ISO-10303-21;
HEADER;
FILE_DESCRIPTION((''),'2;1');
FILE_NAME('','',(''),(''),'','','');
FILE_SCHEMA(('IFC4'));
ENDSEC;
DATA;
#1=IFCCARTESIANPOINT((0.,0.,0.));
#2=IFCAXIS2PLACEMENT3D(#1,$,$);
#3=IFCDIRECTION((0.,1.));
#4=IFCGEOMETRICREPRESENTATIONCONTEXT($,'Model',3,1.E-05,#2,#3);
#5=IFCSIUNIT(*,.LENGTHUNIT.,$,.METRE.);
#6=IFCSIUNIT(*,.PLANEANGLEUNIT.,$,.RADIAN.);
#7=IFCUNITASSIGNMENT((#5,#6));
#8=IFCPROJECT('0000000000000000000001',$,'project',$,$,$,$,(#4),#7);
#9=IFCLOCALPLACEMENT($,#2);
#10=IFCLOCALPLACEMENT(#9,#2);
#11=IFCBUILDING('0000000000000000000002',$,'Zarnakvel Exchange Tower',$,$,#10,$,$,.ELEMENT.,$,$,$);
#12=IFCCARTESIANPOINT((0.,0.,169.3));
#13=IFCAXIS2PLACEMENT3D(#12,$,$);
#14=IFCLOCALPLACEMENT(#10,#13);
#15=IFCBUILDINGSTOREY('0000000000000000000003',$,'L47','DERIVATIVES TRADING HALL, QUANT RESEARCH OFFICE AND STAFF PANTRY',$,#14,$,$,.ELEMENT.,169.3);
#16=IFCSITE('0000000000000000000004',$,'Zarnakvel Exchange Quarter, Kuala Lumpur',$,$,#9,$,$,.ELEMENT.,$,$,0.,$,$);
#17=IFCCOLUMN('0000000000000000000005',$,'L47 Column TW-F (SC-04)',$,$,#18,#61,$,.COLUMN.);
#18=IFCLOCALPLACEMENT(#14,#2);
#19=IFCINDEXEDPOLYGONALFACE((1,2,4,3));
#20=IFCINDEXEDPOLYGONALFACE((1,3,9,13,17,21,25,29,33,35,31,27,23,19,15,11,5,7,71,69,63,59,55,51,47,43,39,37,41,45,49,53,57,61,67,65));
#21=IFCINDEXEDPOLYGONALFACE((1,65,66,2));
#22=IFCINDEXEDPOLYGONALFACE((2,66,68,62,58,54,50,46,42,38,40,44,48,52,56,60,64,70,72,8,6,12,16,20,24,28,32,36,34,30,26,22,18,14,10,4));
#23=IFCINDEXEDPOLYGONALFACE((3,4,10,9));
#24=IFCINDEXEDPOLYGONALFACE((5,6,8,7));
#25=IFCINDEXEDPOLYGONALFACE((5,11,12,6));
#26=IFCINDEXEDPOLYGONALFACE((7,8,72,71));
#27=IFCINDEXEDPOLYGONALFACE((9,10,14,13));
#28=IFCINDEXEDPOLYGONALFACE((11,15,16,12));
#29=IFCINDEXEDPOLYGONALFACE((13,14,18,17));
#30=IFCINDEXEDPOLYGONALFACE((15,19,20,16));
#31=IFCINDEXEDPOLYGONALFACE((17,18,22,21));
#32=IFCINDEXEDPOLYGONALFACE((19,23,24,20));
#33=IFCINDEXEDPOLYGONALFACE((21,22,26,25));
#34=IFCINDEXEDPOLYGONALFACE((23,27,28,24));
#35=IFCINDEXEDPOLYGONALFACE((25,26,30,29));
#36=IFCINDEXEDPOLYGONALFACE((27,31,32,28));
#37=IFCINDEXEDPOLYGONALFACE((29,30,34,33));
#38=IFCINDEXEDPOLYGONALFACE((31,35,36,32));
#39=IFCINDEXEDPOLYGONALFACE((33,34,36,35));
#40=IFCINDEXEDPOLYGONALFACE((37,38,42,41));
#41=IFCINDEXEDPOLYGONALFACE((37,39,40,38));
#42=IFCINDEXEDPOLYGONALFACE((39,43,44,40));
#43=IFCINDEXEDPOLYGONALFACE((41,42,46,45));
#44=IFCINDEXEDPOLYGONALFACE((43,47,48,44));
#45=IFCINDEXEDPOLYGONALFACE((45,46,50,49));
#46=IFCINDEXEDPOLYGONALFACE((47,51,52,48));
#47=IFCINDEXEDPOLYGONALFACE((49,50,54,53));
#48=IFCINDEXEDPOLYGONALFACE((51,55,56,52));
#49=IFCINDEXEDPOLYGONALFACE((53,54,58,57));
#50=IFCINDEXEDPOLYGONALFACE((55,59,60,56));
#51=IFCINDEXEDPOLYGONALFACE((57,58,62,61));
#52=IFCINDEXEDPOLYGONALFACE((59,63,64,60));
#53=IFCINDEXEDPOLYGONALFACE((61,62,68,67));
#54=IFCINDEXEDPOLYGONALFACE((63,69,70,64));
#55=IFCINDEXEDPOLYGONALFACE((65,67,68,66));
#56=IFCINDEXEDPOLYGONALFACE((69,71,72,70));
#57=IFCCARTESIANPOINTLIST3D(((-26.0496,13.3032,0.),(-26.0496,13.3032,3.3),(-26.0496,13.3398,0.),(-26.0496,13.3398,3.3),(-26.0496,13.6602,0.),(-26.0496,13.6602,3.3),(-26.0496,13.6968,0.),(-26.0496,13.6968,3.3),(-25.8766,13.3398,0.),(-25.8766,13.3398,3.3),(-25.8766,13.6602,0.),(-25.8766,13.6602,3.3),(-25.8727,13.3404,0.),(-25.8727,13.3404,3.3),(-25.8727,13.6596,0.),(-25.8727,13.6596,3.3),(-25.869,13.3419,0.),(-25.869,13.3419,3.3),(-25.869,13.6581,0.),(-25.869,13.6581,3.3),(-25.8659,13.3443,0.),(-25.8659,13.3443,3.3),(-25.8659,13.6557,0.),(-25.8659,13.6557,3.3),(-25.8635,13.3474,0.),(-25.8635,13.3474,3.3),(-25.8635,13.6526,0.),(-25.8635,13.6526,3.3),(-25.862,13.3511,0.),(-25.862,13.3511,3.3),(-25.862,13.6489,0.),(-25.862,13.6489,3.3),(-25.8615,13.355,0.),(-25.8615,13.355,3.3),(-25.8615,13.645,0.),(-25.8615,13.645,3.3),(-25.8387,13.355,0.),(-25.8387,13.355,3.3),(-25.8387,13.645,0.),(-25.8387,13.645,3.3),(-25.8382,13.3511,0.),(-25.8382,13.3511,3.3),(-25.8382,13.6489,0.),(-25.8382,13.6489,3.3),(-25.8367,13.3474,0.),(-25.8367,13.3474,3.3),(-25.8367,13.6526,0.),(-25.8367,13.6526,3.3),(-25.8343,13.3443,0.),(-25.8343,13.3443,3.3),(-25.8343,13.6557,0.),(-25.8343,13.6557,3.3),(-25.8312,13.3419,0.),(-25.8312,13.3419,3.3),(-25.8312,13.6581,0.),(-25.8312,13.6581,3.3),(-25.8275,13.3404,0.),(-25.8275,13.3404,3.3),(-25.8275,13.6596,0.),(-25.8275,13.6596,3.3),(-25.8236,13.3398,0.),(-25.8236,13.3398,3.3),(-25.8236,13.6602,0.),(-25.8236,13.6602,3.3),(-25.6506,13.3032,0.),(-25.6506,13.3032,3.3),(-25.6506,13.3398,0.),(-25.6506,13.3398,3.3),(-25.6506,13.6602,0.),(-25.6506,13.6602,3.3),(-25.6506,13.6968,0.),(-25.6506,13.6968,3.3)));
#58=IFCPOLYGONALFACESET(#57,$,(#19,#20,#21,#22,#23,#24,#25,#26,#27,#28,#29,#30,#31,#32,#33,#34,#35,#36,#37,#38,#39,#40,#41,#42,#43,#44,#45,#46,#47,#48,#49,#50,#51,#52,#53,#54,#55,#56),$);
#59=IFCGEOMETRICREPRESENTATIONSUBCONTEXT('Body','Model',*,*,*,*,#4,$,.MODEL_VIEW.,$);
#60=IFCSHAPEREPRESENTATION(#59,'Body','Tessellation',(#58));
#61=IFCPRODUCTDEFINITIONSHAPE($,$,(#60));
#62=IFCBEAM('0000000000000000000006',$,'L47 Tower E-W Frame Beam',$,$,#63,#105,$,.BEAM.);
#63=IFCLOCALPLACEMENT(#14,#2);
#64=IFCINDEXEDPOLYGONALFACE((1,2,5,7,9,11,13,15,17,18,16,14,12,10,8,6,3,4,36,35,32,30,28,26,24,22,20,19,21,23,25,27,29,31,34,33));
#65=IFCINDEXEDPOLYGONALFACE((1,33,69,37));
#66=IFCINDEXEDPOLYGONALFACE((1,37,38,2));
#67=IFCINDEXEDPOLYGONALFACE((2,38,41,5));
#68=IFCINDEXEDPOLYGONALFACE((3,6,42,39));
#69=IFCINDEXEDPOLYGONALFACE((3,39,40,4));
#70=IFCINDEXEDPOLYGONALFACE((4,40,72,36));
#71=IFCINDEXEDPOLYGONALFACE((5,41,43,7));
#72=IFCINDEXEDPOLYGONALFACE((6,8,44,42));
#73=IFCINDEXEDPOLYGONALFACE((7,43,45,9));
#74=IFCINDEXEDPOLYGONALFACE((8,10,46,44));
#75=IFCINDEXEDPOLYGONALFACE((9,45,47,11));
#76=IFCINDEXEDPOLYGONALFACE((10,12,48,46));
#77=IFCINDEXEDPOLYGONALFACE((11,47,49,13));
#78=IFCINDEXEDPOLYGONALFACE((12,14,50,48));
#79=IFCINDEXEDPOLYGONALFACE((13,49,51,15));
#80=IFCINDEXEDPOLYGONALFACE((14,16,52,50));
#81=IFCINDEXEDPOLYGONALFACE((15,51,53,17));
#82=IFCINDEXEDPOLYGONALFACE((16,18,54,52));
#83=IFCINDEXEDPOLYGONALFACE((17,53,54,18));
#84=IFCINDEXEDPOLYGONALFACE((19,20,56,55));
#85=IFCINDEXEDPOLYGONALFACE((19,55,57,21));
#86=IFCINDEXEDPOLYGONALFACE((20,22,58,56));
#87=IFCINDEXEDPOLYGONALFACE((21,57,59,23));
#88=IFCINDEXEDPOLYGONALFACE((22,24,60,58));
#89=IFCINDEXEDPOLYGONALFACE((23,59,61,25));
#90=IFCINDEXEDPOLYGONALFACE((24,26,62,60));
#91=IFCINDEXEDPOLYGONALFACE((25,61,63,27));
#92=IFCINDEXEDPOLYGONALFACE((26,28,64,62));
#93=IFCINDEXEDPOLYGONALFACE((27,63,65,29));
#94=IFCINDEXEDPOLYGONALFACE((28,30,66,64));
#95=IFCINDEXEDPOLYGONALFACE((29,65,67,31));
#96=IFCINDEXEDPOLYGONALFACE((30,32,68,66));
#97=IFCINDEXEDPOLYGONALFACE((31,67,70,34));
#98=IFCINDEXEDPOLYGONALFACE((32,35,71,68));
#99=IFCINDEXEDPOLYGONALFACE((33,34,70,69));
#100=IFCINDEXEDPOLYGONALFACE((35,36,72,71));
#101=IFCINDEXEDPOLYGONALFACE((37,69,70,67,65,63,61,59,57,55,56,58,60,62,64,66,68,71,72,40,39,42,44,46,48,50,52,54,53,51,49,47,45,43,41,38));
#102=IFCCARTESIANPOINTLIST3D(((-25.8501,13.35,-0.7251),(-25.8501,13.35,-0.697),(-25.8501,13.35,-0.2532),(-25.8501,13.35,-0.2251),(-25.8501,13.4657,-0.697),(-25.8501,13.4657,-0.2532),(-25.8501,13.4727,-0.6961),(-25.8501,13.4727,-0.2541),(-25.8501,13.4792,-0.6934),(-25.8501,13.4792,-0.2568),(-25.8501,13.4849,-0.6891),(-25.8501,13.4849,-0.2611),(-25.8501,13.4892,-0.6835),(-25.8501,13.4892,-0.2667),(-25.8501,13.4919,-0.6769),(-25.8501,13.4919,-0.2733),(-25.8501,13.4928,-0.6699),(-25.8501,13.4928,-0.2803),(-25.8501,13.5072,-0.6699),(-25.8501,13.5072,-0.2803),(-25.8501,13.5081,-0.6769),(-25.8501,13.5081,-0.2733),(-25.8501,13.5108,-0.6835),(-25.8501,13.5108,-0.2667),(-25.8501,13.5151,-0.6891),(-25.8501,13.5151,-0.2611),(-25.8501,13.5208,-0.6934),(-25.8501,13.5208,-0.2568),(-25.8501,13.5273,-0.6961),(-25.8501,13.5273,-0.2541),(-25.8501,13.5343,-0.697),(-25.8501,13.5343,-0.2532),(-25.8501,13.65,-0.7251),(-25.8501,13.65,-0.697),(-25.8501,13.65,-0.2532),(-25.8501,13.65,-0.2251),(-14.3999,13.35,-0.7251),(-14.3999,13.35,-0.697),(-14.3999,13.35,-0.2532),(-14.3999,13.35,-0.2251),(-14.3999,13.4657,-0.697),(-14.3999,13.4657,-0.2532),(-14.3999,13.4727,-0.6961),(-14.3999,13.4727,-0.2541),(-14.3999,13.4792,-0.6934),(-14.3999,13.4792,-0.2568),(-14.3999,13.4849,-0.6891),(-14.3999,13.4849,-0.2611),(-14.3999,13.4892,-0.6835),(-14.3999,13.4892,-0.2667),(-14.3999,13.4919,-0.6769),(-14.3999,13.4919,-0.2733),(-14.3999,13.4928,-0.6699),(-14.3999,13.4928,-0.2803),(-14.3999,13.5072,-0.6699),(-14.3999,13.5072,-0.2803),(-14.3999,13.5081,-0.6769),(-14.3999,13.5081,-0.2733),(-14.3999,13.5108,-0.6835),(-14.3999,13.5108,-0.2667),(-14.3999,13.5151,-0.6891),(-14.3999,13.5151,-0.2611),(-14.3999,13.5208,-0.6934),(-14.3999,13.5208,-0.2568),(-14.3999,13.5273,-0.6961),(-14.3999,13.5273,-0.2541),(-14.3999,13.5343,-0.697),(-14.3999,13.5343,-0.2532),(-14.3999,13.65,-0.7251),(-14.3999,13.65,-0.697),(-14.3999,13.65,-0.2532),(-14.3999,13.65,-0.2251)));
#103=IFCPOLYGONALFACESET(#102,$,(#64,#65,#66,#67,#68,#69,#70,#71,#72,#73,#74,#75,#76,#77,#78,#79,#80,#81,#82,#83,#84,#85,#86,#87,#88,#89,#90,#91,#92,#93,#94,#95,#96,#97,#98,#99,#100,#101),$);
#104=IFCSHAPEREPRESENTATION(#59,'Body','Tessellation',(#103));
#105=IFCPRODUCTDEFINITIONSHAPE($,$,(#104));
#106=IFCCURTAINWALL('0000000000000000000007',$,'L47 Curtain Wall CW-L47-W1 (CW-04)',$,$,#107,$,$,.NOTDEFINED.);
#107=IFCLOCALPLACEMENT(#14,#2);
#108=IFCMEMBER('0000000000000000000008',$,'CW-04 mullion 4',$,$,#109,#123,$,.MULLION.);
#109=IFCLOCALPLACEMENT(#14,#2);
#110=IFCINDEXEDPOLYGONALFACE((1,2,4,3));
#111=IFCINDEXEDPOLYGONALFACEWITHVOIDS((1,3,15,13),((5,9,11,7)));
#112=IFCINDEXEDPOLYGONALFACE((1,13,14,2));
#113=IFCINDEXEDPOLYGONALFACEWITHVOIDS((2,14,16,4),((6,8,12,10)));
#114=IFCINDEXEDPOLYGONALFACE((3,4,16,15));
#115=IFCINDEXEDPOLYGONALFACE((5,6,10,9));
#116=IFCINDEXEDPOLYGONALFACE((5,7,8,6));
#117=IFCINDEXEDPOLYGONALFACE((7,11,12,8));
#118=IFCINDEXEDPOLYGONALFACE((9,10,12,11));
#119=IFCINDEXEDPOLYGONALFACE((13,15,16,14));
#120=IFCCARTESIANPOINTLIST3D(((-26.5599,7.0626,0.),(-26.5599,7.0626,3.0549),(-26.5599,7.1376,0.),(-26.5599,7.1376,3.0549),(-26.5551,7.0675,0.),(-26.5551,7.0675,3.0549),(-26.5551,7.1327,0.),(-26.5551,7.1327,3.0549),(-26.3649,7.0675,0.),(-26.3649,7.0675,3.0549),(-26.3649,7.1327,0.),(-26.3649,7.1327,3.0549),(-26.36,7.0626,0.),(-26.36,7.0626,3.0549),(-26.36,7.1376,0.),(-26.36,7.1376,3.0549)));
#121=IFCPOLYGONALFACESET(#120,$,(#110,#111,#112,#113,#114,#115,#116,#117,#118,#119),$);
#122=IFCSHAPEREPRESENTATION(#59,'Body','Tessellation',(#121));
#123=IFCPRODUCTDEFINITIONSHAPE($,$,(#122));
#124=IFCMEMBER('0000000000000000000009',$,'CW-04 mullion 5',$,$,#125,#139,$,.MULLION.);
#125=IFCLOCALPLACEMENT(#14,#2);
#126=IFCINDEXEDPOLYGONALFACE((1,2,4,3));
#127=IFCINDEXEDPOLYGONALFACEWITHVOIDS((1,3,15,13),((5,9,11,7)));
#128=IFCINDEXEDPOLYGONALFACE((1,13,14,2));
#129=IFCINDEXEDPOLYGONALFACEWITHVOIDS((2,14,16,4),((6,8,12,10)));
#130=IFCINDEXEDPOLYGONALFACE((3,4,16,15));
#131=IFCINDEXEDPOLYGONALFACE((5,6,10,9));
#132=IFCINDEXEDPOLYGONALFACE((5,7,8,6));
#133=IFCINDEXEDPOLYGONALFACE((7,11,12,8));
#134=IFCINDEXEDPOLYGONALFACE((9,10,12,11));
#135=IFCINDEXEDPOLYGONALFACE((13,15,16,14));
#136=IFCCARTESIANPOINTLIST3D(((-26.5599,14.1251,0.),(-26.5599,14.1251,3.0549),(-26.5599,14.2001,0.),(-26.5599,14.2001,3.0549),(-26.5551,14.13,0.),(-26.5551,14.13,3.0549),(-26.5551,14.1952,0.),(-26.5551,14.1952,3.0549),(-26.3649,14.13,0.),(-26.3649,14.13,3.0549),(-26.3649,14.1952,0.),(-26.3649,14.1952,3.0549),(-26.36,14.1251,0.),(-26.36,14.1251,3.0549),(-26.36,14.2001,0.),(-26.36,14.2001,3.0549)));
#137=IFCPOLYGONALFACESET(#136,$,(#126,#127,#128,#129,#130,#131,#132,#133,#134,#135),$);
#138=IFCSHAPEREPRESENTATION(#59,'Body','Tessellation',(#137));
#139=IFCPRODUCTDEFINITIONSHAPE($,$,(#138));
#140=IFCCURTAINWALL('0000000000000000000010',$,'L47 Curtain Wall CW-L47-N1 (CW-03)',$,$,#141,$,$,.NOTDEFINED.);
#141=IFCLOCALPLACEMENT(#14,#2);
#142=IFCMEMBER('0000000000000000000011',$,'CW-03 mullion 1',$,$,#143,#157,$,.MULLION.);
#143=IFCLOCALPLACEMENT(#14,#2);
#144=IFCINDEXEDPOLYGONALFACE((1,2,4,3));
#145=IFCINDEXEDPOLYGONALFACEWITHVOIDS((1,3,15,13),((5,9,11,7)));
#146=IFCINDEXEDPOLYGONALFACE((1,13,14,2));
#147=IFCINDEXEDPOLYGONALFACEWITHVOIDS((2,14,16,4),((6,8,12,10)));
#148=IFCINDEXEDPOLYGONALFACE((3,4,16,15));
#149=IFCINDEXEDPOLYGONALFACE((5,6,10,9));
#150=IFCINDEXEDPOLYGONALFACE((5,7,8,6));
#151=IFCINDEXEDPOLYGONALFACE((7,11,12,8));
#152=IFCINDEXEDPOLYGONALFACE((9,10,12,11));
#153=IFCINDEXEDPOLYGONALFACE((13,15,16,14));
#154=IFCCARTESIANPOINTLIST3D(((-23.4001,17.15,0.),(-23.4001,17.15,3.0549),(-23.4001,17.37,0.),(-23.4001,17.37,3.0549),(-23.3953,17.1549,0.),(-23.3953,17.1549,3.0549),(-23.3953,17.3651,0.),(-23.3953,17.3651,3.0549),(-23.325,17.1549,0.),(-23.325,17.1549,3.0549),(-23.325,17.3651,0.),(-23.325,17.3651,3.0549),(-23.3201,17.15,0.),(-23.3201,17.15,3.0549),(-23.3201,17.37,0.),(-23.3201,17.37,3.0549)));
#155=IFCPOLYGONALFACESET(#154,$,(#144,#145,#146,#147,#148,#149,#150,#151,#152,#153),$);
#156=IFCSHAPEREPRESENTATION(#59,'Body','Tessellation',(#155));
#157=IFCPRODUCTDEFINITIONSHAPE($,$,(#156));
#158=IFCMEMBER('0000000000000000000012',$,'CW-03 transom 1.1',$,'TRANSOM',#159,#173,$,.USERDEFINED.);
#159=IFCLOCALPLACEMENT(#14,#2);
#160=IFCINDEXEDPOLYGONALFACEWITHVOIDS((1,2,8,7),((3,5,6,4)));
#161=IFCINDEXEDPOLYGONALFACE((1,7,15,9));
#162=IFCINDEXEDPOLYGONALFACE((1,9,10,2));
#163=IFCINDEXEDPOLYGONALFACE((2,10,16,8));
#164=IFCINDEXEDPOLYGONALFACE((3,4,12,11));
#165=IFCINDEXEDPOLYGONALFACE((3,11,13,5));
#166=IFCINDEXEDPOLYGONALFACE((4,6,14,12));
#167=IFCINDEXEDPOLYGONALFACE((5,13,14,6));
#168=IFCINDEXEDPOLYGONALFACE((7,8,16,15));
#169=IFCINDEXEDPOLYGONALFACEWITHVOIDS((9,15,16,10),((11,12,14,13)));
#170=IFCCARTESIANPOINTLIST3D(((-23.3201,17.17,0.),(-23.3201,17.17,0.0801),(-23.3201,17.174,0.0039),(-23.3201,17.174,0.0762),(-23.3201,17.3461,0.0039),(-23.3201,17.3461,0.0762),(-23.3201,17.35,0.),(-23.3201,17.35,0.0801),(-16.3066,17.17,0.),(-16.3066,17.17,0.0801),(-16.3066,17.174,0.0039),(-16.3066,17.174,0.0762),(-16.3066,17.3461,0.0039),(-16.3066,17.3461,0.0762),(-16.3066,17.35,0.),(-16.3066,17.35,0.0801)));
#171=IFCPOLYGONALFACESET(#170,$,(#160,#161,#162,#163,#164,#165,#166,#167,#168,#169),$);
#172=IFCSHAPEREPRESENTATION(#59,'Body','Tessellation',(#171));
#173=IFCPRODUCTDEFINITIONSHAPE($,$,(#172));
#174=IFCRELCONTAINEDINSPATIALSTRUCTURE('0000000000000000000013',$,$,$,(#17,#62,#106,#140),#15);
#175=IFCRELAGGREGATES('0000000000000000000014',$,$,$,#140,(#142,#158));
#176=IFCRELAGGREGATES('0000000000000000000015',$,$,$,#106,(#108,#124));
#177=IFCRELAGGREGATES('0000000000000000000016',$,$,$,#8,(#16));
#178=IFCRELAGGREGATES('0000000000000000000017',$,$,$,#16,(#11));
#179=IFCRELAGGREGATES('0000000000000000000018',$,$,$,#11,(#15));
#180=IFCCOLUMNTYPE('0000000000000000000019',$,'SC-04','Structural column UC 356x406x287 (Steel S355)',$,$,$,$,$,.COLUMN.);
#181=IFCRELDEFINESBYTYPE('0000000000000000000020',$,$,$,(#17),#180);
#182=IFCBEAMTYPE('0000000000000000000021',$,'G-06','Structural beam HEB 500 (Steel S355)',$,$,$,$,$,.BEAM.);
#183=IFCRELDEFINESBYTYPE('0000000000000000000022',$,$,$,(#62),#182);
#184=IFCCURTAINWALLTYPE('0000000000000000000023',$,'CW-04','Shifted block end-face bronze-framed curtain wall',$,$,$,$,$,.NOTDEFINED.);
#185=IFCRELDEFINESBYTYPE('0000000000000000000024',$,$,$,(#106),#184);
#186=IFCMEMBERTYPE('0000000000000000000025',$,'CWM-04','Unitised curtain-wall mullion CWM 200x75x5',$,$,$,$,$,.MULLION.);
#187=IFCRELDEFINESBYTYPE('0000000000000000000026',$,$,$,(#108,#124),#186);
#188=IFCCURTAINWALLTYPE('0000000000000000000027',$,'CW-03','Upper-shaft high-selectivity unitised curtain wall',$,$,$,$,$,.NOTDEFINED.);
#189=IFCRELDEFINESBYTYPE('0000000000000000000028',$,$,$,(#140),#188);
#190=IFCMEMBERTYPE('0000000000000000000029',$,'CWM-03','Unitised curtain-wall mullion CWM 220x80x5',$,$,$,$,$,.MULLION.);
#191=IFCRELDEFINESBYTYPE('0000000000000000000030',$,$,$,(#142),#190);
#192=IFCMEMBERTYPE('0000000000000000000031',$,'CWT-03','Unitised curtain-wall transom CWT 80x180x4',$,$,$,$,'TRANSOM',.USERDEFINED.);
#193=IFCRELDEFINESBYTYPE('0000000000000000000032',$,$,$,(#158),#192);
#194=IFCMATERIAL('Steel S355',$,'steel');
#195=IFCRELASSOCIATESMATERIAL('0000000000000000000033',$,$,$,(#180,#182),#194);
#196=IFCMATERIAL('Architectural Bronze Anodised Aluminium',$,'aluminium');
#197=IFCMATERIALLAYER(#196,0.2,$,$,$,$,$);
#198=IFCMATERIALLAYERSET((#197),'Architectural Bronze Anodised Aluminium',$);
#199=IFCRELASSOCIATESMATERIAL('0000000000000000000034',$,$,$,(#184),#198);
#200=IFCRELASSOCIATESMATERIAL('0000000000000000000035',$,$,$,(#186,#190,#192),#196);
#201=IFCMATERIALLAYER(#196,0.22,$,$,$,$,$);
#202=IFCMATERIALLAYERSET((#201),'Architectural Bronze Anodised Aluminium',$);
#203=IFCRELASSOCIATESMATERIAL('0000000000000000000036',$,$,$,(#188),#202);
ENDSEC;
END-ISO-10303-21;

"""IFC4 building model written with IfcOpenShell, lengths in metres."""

from ifc_helpers import new_model, si_unit, direction, frame, origin, origin_2d, place, context, subcontext, project, spatial, hollow_rectangle, i_section, extrude, source, transform, mapped, material, layer, layer_set, material_profile, profile_set, type_object, element, aggregate, save


model = new_model("IFC4")

# Units and contexts
model_context = context("Model", 3, precision=1e-05, world=origin(), true_north=direction((0.0, 1.0)))
body_context = subcontext(model_context, "Body", "Model", "MODEL_VIEW")
ifc_project = project(units=[si_unit("LENGTHUNIT", "METRE"), si_unit("PLANEANGLEUNIT", "RADIAN")], contexts=[model_context])

# Site, building, storey
site_placement = place(None, origin())
site = spatial("IfcSite", under=ifc_project, at=site_placement, Name="Zarnakvel Exchange Quarter, Kuala Lumpur", CompositionType="ELEMENT", RefElevation=0.0)
building_placement = place(site_placement, origin())
building = spatial("IfcBuilding", under=site, at=building_placement, Name="Zarnakvel Exchange Tower", CompositionType="ELEMENT")
storey_placement = place(building_placement, frame((0.0, 0.0, 169.3)))
storey = spatial("IfcBuildingStorey", under=building, at=storey_placement, Name="L47", Description="DERIVATIVES TRADING HALL, QUANT RESEARCH OFFICE AND STAFF PANTRY", CompositionType="ELEMENT", Elevation=169.3)

# Column
ifc_material_1 = material(Name="Steel S355", Category="steel")
ifc_material_profile_1 = material_profile(ifc_material_1, i_section(OverallWidth=0.3989, OverallDepth=0.3936, WebThickness=0.0227, FlangeThickness=0.0366, FilletRadius=0.0151, at=origin_2d()))
ifc_profile_set_1 = profile_set([ifc_material_profile_1], Name="Steel S355")
column_type = type_object("IfcColumnType", Name="SC-04", Description="Structural column UC 356x406x287 (Steel S355)", PredefinedType="COLUMN", material=ifc_profile_set_1)
column_placement = place(storey_placement, frame((-25.8501, 13.5, 0.0), z_axis=(0.0, 0.0, 1.0), x_axis=(1.0, 0.0, 0.0)))
element("IfcColumn", 1, at=column_placement, inside=storey, type_object=column_type, Name="L47 Column TW-F (SC-04)", PredefinedType="COLUMN", context=body_context, shape_type="SweptSolid", body=[
    extrude(i_section(OverallWidth=0.3989, OverallDepth=0.3936, WebThickness=0.0227, FlangeThickness=0.0366, FilletRadius=0.0151, at=origin_2d()), origin(), (0.0, 0.0, 1.0), 3.3),
])

# Beam
ifc_material_profile_2 = material_profile(ifc_material_1, i_section(OverallWidth=0.3, OverallDepth=0.5, WebThickness=0.0144, FlangeThickness=0.0281, FilletRadius=0.0271, at=origin_2d()))
ifc_profile_set_2 = profile_set([ifc_material_profile_2], Name="Steel S355")
beam_type = type_object("IfcBeamType", Name="G-06", Description="Structural beam HEB 500 (Steel S355)", PredefinedType="BEAM", material=ifc_profile_set_2)
beam_placement = place(storey_placement, frame((-25.8501, 13.5, -0.4751), z_axis=(1.0, 0.0, 0.0), x_axis=(0.0, 1.0, 0.0)))
element("IfcBeam", 2, at=beam_placement, inside=storey, type_object=beam_type, Name="L47 Tower E-W Frame Beam", PredefinedType="BEAM", context=body_context, shape_type="SweptSolid", body=[
    extrude(i_section(OverallWidth=0.3, OverallDepth=0.5, WebThickness=0.0144, FlangeThickness=0.0281, FilletRadius=0.0271, at=origin_2d()), origin(), (0.0, 0.0, 1.0), 11.4502),
])

# Curtain walls, members
ifc_material_2 = material(Name="Architectural Bronze Anodised Aluminium", Category="aluminium")
ifc_layer_1 = layer(ifc_material_2, 0.2)
ifc_layer_set_1 = layer_set([ifc_layer_1], Name="Architectural Bronze Anodised Aluminium")
curtain_wall_type_1 = type_object("IfcCurtainWallType", Name="CW-04", Description="Shifted block end-face bronze-framed curtain wall", PredefinedType="NOTDEFINED", material=ifc_layer_set_1)
curtain_wall_1_placement = place(storey_placement, origin())
curtain_wall_1 = element("IfcCurtainWall", 3, at=curtain_wall_1_placement, inside=storey, type_object=curtain_wall_type_1, Name="L47 Curtain Wall CW-L47-W1 (CW-04)", PredefinedType="NOTDEFINED")
ifc_material_profile_3 = material_profile(ifc_material_2, hollow_rectangle(XDim=0.2, YDim=0.075, WallThickness=0.0049, at=origin_2d()))
ifc_profile_set_3 = profile_set([ifc_material_profile_3], Name="Architectural Bronze Anodised Aluminium")
member_type_1 = type_object("IfcMemberType", Name="CWM-04", Description="Unitised curtain-wall mullion CWM 200x75x5", PredefinedType="MULLION", material=ifc_profile_set_3)
shared_shape_1 = source(origin(), body_context, "Body", "SweptSolid", [
    extrude(hollow_rectangle(XDim=0.2, YDim=0.075, WallThickness=0.0049, at=origin_2d()), origin(), (0.0, 0.0, 1.0), 3.0549),
])
member_1_placement = place(storey_placement, frame((-26.46, 7.1001, 0.0), z_axis=(0.0, 0.0, 1.0), x_axis=(-1.0, 0.0, 0.0)))
member_1 = element("IfcMember", 4, at=member_1_placement, type_object=member_type_1, Name="CW-04 mullion 4", PredefinedType="MULLION", context=body_context, shape_type="MappedRepresentation", body=[
    mapped(shared_shape_1, transform((0.0, 0.0, 0.0), x_axis=(1.0, 0.0, 0.0), y_axis=(0.0, 1.0, 0.0), z_axis=(0.0, 0.0, 1.0), scale=1.0)),
])
member_2_placement = place(storey_placement, frame((-26.46, 14.1626, 0.0), z_axis=(0.0, 0.0, 1.0), x_axis=(-1.0, 0.0, 0.0)))
member_2 = element("IfcMember", 5, at=member_2_placement, type_object=member_type_1, Name="CW-04 mullion 5", PredefinedType="MULLION", context=body_context, shape_type="MappedRepresentation", body=[
    mapped(shared_shape_1, transform((0.0, 0.0, 0.0), x_axis=(1.0, 0.0, 0.0), y_axis=(0.0, 1.0, 0.0), z_axis=(0.0, 0.0, 1.0), scale=1.0)),
])
ifc_layer_2 = layer(ifc_material_2, 0.22)
ifc_layer_set_2 = layer_set([ifc_layer_2], Name="Architectural Bronze Anodised Aluminium")
curtain_wall_type_2 = type_object("IfcCurtainWallType", Name="CW-03", Description="Upper-shaft high-selectivity unitised curtain wall", PredefinedType="NOTDEFINED", material=ifc_layer_set_2)
curtain_wall_2_placement = place(storey_placement, origin())
curtain_wall_2 = element("IfcCurtainWall", 6, at=curtain_wall_2_placement, inside=storey, type_object=curtain_wall_type_2, Name="L47 Curtain Wall CW-L47-N1 (CW-03)", PredefinedType="NOTDEFINED")
ifc_material_profile_4 = material_profile(ifc_material_2, hollow_rectangle(XDim=0.22, YDim=0.0801, WallThickness=0.0049, at=origin_2d()))
ifc_profile_set_4 = profile_set([ifc_material_profile_4], Name="Architectural Bronze Anodised Aluminium")
member_type_2 = type_object("IfcMemberType", Name="CWM-03", Description="Unitised curtain-wall mullion CWM 220x80x5", PredefinedType="MULLION", material=ifc_profile_set_4)
shared_shape_2 = source(origin(), body_context, "Body", "SweptSolid", [
    extrude(hollow_rectangle(XDim=0.22, YDim=0.0801, WallThickness=0.0049, at=origin_2d()), origin(), (0.0, 0.0, 1.0), 3.0549),
])
member_3_placement = place(storey_placement, frame((-23.3601, 17.26, 0.0), z_axis=(0.0, 0.0, 1.0), x_axis=(0.0, 1.0, 0.0)))
member_3 = element("IfcMember", 7, at=member_3_placement, type_object=member_type_2, Name="CW-03 mullion 1", PredefinedType="MULLION", context=body_context, shape_type="MappedRepresentation", body=[
    mapped(shared_shape_2, transform((0.0, 0.0, 0.0), x_axis=(1.0, 0.0, 0.0), y_axis=(0.0, 1.0, 0.0), z_axis=(0.0, 0.0, 1.0), scale=1.0)),
])
ifc_material_profile_5 = material_profile(ifc_material_2, hollow_rectangle(XDim=0.1799, YDim=0.0801, WallThickness=0.0039, at=origin_2d()))
ifc_profile_set_5 = profile_set([ifc_material_profile_5], Name="Architectural Bronze Anodised Aluminium")
member_type_3 = type_object("IfcMemberType", Name="CWT-03", Description="Unitised curtain-wall transom CWT 80x180x4", ElementType="TRANSOM", PredefinedType="USERDEFINED", material=ifc_profile_set_5)
shared_shape_3 = source(origin(), body_context, "Body", "SweptSolid", [
    extrude(hollow_rectangle(XDim=0.1799, YDim=0.0801, WallThickness=0.0039, at=origin_2d()), origin(), (0.0, 0.0, 1.0), 7.0134),
])
member_4_placement = place(storey_placement, frame((-23.3201, 17.26, 0.04), z_axis=(1.0, 0.0, 0.0), x_axis=(0.0, 1.0, 0.0)))
member_4 = element("IfcMember", 8, at=member_4_placement, type_object=member_type_3, Name="CW-03 transom 1.1", ObjectType="TRANSOM", PredefinedType="USERDEFINED", context=body_context, shape_type="MappedRepresentation", body=[
    mapped(shared_shape_3, transform((0.0, 0.0, 0.0), x_axis=(1.0, 0.0, 0.0), y_axis=(0.0, 1.0, 0.0), z_axis=(0.0, 0.0, 1.0), scale=1.0)),
])
aggregate(curtain_wall_2, [member_3, member_4])

aggregate(curtain_wall_1, [member_1, member_2])

save(model, "model.ifc")
